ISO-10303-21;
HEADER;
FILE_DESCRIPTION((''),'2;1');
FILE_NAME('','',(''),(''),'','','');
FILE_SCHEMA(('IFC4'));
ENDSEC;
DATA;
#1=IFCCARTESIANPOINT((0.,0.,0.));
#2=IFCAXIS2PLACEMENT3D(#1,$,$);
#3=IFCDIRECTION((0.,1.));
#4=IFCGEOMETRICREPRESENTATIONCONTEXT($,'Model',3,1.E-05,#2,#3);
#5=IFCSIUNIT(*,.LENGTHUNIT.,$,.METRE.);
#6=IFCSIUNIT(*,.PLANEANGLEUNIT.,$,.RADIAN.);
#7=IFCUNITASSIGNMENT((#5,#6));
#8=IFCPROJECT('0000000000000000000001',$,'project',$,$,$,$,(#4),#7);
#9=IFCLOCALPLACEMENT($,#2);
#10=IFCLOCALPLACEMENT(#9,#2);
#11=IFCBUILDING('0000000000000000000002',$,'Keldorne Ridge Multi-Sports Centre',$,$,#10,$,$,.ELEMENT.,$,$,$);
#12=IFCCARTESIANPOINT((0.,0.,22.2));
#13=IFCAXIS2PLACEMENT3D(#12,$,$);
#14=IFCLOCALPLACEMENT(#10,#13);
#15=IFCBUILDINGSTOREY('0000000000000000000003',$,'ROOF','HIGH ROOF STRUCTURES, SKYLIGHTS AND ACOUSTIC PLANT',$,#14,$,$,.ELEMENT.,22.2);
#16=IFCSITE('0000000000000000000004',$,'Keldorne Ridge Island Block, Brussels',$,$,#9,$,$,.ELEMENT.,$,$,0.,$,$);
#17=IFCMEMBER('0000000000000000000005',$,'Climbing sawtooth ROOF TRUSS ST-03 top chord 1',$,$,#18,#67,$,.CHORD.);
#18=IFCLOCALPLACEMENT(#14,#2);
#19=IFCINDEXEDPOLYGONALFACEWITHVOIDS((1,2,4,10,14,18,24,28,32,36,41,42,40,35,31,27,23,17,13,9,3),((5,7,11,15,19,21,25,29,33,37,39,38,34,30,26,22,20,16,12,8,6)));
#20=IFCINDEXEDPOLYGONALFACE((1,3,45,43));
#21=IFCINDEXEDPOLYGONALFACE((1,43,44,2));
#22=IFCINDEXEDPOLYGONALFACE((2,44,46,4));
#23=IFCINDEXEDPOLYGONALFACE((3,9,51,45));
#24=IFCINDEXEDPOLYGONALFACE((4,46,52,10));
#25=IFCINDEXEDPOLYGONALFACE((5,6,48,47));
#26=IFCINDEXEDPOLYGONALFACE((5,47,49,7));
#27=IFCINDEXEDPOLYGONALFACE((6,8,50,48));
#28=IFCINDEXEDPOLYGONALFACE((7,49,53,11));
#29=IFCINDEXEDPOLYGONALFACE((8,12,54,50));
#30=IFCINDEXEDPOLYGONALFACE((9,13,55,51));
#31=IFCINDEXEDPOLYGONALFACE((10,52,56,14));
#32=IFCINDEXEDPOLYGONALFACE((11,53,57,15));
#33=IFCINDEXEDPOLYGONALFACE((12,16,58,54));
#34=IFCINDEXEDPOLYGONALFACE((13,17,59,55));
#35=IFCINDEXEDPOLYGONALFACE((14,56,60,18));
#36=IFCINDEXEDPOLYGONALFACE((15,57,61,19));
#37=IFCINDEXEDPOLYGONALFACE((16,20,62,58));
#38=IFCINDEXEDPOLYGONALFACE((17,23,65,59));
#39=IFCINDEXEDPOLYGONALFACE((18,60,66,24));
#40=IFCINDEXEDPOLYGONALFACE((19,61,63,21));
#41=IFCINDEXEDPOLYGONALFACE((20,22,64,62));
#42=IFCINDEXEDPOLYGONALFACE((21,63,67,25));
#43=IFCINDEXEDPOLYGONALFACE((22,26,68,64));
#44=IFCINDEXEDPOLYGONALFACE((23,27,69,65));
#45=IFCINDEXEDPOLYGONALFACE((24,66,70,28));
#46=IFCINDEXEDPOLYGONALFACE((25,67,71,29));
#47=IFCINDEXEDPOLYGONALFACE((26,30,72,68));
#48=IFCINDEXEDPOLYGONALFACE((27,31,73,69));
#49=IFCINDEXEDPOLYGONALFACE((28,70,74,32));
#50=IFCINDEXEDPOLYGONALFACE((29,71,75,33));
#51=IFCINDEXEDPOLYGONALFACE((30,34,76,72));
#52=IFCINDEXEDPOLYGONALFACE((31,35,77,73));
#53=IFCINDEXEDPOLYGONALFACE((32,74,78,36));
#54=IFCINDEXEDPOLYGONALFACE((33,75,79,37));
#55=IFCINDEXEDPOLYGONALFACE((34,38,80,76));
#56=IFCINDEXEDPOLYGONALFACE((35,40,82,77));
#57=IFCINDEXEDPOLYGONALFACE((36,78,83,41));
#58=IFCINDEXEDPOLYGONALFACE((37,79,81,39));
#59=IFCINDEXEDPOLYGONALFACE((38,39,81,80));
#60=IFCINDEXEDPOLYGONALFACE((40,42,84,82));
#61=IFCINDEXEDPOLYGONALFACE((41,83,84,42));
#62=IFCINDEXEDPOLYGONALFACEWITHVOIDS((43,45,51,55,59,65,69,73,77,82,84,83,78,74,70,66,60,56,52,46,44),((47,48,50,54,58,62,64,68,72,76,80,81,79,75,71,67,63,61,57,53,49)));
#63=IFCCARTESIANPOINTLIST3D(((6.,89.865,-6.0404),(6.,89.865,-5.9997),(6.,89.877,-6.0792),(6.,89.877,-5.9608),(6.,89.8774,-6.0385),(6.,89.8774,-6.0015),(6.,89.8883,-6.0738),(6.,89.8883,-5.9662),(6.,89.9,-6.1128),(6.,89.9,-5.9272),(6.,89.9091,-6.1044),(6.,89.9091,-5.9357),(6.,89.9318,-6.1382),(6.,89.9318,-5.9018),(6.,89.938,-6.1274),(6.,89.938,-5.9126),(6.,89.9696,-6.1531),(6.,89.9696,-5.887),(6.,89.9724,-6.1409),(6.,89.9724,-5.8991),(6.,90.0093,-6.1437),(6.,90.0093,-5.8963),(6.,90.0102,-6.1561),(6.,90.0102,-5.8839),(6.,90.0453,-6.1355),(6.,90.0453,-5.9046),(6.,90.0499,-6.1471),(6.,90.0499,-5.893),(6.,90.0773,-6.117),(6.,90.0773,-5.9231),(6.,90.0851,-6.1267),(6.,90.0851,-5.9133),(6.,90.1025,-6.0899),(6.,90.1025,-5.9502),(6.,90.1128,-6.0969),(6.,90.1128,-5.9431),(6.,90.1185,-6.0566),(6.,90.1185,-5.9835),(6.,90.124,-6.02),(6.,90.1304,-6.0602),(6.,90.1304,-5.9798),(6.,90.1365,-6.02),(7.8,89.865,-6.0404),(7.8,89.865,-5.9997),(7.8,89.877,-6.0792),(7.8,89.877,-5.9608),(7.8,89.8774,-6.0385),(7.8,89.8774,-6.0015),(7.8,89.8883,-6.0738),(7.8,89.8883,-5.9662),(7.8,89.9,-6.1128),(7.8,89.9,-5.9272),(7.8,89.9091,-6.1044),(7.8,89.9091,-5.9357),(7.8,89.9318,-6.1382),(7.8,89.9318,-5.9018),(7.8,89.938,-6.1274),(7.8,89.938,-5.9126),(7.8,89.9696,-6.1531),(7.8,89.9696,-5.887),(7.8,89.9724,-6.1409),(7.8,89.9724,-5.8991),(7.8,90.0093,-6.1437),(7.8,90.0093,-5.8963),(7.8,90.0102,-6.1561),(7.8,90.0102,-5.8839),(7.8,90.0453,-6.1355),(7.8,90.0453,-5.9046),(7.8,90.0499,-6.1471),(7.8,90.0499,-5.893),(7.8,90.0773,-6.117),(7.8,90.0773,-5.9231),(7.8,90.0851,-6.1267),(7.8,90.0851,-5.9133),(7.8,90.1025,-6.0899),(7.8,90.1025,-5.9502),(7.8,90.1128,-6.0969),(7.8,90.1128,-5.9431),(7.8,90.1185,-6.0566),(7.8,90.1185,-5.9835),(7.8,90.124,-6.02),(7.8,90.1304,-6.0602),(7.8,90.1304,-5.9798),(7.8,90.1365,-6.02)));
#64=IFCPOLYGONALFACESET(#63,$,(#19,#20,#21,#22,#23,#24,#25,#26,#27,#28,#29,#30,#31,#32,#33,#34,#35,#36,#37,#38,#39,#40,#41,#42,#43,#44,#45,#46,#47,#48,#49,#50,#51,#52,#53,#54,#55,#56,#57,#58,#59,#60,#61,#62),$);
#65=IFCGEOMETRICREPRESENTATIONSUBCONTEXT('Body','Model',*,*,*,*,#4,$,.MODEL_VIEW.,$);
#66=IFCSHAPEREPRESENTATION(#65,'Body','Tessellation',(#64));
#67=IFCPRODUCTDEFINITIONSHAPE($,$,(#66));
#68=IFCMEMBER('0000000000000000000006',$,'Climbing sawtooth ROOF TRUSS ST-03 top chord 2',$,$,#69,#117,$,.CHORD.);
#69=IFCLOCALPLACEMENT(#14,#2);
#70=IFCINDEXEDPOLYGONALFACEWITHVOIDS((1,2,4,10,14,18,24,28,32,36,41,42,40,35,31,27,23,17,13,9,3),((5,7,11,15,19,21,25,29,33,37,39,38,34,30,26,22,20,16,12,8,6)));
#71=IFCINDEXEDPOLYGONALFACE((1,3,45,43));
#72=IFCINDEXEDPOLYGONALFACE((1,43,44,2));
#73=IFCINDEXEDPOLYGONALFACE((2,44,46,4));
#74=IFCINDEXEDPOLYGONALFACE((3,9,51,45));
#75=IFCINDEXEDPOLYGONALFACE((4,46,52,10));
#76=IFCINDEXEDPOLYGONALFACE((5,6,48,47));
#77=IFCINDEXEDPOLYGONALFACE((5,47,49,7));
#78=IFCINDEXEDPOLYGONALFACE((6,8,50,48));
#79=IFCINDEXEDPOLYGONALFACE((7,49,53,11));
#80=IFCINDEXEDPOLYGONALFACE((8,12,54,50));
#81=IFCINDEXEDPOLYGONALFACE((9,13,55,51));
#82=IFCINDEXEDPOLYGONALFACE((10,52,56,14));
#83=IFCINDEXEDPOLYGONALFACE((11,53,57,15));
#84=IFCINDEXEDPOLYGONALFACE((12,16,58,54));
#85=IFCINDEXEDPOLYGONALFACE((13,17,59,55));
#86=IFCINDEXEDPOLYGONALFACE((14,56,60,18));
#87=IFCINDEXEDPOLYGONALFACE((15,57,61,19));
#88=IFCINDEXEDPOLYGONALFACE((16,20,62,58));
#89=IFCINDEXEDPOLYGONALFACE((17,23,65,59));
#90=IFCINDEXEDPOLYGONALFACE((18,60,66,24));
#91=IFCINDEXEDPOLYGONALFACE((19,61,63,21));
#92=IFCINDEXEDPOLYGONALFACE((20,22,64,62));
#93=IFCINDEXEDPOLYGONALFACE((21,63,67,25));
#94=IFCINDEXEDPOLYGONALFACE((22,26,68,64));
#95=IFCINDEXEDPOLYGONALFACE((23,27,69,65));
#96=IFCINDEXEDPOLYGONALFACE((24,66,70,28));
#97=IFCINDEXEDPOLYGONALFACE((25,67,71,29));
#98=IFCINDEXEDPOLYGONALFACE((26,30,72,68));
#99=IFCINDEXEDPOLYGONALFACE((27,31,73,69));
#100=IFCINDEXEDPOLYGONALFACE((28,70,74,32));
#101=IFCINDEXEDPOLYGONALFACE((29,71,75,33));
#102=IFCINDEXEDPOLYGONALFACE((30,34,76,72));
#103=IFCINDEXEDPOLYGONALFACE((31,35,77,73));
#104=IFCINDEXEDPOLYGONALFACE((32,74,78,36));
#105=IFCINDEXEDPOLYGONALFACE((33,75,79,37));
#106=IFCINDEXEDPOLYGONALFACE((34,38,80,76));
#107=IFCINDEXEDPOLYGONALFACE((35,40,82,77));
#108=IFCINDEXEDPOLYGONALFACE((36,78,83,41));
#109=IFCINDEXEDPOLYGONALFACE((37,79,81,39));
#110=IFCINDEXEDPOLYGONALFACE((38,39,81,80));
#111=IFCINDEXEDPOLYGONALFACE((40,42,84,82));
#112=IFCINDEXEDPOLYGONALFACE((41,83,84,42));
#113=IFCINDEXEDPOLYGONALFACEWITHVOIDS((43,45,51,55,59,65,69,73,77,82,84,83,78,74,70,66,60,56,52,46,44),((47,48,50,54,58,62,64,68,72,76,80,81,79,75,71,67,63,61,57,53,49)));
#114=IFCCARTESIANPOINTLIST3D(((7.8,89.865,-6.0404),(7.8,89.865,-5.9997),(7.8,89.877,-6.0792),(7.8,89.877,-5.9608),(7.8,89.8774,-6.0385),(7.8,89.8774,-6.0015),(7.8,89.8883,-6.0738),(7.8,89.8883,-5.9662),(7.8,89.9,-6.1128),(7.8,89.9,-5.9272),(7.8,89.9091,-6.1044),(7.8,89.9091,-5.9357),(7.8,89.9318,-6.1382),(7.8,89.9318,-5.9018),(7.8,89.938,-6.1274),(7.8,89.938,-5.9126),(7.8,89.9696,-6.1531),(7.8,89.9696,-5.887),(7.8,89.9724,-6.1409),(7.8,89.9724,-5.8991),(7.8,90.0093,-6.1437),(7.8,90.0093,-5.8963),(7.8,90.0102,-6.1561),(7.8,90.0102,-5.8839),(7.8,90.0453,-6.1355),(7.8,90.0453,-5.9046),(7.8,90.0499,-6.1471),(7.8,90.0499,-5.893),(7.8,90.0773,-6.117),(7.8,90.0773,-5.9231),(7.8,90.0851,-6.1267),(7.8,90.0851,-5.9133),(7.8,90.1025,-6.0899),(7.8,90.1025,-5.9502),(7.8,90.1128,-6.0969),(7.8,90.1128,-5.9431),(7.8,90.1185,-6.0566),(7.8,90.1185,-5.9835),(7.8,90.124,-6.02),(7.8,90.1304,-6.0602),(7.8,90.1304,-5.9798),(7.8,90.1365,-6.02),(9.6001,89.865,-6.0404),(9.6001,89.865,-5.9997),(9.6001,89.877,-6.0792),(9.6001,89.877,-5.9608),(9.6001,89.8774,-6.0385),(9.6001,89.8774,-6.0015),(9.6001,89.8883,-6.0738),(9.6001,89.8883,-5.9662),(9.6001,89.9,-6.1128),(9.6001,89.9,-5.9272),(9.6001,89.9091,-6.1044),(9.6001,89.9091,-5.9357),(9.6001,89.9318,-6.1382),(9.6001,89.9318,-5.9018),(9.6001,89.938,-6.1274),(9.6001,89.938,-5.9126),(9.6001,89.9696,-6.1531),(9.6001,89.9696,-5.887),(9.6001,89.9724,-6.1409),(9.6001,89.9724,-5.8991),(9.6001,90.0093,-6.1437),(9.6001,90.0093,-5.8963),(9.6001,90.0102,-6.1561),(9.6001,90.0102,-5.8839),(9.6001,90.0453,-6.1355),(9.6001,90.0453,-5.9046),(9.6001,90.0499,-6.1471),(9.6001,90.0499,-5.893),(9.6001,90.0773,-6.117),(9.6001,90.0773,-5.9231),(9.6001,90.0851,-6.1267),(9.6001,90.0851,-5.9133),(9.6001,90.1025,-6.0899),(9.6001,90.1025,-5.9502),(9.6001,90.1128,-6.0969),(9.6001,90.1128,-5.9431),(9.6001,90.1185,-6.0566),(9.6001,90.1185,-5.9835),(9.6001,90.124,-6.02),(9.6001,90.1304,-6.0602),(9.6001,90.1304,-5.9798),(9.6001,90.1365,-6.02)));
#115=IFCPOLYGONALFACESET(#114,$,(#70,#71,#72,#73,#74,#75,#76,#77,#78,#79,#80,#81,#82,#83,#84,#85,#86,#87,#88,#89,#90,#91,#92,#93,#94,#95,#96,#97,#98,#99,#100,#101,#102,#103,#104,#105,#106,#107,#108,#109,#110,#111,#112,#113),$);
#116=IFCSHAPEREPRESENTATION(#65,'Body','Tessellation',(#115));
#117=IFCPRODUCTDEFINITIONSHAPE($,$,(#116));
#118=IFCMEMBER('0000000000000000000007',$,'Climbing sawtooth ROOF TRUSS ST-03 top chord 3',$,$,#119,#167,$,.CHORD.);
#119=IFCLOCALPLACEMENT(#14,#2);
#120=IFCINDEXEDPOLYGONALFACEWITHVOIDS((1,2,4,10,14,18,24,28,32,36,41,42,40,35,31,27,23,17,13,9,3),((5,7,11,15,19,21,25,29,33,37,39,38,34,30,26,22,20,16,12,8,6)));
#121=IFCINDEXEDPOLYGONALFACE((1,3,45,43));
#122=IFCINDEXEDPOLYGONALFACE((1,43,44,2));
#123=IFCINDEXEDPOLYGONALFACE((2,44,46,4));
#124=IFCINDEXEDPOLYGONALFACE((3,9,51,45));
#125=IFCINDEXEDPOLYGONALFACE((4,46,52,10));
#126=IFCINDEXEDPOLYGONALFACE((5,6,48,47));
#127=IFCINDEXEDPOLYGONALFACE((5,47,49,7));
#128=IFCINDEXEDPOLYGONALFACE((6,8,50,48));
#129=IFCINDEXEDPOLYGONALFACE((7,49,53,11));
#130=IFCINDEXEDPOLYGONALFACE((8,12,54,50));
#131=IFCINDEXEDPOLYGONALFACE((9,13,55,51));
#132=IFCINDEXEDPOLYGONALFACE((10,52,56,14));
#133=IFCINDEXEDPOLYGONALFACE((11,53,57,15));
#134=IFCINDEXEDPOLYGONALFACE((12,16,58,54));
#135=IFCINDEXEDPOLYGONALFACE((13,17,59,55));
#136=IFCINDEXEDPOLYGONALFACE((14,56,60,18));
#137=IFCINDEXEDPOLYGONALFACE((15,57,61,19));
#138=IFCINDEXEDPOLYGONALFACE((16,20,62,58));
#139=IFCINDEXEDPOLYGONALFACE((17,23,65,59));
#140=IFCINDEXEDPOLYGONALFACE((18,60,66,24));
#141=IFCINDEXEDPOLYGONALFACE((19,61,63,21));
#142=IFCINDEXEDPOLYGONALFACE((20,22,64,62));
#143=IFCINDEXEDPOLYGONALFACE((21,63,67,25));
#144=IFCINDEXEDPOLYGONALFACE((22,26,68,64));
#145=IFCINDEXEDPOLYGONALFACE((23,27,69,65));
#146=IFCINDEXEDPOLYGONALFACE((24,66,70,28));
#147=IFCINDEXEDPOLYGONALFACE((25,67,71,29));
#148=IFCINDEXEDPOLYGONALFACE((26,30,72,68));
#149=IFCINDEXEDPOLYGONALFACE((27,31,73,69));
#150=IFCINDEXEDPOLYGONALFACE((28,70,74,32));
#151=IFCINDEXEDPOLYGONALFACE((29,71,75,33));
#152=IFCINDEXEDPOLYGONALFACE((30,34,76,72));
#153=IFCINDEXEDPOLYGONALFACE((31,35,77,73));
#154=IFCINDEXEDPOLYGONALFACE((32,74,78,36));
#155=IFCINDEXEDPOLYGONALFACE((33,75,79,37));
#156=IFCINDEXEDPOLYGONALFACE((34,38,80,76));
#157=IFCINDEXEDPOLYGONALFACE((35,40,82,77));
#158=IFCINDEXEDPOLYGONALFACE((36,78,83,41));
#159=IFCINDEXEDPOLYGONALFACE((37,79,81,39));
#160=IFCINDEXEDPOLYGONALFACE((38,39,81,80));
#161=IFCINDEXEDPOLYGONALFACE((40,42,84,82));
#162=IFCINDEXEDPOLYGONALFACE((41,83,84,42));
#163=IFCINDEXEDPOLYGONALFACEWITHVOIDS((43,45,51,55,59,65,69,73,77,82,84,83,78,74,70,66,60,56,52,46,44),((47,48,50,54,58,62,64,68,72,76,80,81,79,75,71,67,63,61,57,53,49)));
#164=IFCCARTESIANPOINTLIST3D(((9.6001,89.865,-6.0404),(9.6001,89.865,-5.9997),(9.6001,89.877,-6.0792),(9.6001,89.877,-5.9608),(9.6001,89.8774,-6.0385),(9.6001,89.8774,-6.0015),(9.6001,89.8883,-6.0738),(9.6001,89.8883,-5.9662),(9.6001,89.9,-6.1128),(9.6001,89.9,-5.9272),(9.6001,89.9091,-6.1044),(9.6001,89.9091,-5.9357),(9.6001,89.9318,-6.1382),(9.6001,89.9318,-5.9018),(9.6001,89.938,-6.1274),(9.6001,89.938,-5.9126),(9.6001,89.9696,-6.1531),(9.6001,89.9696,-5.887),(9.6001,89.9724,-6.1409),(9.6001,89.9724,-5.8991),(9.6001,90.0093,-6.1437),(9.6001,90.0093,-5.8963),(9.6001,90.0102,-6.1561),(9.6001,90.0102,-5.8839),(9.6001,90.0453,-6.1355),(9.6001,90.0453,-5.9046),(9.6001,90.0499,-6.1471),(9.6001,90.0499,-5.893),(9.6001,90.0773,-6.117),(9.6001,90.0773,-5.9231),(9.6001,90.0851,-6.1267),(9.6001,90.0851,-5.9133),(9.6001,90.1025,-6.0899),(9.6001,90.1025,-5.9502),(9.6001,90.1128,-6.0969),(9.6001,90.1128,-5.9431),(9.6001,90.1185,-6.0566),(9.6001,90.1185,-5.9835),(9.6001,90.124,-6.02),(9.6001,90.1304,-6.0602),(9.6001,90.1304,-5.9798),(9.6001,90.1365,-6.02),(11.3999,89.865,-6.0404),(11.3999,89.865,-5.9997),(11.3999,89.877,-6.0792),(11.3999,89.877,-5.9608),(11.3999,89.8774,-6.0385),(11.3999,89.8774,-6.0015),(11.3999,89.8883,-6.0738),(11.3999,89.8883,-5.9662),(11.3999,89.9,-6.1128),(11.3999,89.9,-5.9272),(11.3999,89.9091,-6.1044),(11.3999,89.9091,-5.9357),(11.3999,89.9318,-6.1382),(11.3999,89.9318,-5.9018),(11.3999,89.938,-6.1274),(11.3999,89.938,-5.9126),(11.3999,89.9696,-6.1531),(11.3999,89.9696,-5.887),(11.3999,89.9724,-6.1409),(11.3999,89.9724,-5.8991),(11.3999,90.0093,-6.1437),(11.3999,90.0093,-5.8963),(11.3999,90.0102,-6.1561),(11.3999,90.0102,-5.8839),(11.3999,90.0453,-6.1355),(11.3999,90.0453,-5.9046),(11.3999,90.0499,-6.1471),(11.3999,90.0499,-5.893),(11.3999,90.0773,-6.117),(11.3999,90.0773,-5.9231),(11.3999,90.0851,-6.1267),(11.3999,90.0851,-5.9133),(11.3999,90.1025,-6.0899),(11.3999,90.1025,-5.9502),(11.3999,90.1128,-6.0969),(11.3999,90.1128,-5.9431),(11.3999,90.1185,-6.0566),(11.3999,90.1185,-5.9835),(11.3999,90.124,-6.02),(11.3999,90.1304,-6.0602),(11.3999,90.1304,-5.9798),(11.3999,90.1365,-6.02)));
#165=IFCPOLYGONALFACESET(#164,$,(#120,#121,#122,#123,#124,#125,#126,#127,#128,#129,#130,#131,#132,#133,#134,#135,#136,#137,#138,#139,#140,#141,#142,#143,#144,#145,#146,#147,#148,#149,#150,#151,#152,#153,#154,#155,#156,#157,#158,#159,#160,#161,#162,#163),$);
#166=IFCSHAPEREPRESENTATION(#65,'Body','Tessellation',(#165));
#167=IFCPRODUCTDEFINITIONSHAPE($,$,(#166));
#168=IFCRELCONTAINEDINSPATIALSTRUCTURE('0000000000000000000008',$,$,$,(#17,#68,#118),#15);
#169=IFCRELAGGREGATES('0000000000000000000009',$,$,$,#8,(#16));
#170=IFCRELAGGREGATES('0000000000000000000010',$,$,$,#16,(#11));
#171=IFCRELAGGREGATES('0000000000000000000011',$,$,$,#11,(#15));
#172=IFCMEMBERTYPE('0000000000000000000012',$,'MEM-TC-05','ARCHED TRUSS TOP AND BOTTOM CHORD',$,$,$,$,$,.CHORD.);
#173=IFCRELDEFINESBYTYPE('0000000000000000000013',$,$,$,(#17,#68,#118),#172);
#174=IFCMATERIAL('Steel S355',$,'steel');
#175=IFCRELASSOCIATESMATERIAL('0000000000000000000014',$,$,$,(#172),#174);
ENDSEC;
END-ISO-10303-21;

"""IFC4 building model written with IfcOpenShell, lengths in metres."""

from ifc_helpers import new_model, si_unit, direction, frame, origin, origin_2d, place, context, subcontext, project, spatial, hollow_circle, extrude, material, material_profile, profile_set, type_object, element, save


model = new_model("IFC4")

# Units and contexts
model_context = context("Model", 3, precision=1e-05, world=origin(), true_north=direction((0.0, 1.0)))
body_context = subcontext(model_context, "Body", "Model", "MODEL_VIEW")
ifc_project = project(units=[si_unit("LENGTHUNIT", "METRE"), si_unit("PLANEANGLEUNIT", "RADIAN")], contexts=[model_context])

# Site, building, storey
site_placement = place(None, origin())
site = spatial("IfcSite", under=ifc_project, at=site_placement, Name="Keldorne Ridge Island Block, Brussels", CompositionType="ELEMENT", RefElevation=0.0)
building_placement = place(site_placement, origin())
building = spatial("IfcBuilding", under=site, at=building_placement, Name="Keldorne Ridge Multi-Sports Centre", CompositionType="ELEMENT")
storey_placement = place(building_placement, frame((0.0, 0.0, 22.2)))
storey = spatial("IfcBuildingStorey", under=building, at=storey_placement, Name="ROOF", Description="HIGH ROOF STRUCTURES, SKYLIGHTS AND ACOUSTIC PLANT", CompositionType="ELEMENT", Elevation=22.2)

# Shared definitions
ifc_material_1 = material(Name="Steel S355", Category="steel")

# Members
ifc_material_profile_1 = material_profile(ifc_material_1, hollow_circle(Radius=0.1365, WallThickness=0.0125, at=origin_2d()), Name="CHS 273x12.5")
ifc_profile_set_1 = profile_set([ifc_material_profile_1], Name="Steel S355")
member_type_1 = type_object("IfcMemberType", Name="MEM-TC-05", Description="ARCHED TRUSS TOP AND BOTTOM CHORD", PredefinedType="CHORD", material=ifc_profile_set_1)
for number, where, z_axis, x_axis, name in (
    (1, (6.0, 90.0, -6.02), (1.0, 0.0, 0.0), (0.0, 1.0, 0.0), "Climbing sawtooth ROOF TRUSS ST-03 top chord 1"),
    (2, (7.8, 90.0, -6.02), (1.0, 0.0, 0.0), (0.0, 1.0, 0.0), "Climbing sawtooth ROOF TRUSS ST-03 top chord 2"),
):
    element("IfcMember", number, at=place(storey_placement, frame(where, z_axis=z_axis, x_axis=x_axis)), inside=storey, type_object=member_type_1, Name=name, PredefinedType="CHORD", context=body_context, shape_type="SweptSolid", body=[
        extrude(hollow_circle(Radius=0.1365, WallThickness=0.0125, at=origin_2d()), origin(), (0.0, 0.0, 1.0), 1.8),
    ])
member_1_placement = place(storey_placement, frame((9.6001, 90.0, -6.02), z_axis=(1.0, 0.0, 0.0), x_axis=(0.0, 1.0, 0.0)))
element("IfcMember", 3, at=member_1_placement, inside=storey, type_object=member_type_1, Name="Climbing sawtooth ROOF TRUSS ST-03 top chord 3", PredefinedType="CHORD", context=body_context, shape_type="SweptSolid", body=[
    extrude(hollow_circle(Radius=0.1365, WallThickness=0.0125, at=origin_2d()), origin(), (0.0, 0.0, 1.0), 1.7998),
])

save(model, "model.ifc")
